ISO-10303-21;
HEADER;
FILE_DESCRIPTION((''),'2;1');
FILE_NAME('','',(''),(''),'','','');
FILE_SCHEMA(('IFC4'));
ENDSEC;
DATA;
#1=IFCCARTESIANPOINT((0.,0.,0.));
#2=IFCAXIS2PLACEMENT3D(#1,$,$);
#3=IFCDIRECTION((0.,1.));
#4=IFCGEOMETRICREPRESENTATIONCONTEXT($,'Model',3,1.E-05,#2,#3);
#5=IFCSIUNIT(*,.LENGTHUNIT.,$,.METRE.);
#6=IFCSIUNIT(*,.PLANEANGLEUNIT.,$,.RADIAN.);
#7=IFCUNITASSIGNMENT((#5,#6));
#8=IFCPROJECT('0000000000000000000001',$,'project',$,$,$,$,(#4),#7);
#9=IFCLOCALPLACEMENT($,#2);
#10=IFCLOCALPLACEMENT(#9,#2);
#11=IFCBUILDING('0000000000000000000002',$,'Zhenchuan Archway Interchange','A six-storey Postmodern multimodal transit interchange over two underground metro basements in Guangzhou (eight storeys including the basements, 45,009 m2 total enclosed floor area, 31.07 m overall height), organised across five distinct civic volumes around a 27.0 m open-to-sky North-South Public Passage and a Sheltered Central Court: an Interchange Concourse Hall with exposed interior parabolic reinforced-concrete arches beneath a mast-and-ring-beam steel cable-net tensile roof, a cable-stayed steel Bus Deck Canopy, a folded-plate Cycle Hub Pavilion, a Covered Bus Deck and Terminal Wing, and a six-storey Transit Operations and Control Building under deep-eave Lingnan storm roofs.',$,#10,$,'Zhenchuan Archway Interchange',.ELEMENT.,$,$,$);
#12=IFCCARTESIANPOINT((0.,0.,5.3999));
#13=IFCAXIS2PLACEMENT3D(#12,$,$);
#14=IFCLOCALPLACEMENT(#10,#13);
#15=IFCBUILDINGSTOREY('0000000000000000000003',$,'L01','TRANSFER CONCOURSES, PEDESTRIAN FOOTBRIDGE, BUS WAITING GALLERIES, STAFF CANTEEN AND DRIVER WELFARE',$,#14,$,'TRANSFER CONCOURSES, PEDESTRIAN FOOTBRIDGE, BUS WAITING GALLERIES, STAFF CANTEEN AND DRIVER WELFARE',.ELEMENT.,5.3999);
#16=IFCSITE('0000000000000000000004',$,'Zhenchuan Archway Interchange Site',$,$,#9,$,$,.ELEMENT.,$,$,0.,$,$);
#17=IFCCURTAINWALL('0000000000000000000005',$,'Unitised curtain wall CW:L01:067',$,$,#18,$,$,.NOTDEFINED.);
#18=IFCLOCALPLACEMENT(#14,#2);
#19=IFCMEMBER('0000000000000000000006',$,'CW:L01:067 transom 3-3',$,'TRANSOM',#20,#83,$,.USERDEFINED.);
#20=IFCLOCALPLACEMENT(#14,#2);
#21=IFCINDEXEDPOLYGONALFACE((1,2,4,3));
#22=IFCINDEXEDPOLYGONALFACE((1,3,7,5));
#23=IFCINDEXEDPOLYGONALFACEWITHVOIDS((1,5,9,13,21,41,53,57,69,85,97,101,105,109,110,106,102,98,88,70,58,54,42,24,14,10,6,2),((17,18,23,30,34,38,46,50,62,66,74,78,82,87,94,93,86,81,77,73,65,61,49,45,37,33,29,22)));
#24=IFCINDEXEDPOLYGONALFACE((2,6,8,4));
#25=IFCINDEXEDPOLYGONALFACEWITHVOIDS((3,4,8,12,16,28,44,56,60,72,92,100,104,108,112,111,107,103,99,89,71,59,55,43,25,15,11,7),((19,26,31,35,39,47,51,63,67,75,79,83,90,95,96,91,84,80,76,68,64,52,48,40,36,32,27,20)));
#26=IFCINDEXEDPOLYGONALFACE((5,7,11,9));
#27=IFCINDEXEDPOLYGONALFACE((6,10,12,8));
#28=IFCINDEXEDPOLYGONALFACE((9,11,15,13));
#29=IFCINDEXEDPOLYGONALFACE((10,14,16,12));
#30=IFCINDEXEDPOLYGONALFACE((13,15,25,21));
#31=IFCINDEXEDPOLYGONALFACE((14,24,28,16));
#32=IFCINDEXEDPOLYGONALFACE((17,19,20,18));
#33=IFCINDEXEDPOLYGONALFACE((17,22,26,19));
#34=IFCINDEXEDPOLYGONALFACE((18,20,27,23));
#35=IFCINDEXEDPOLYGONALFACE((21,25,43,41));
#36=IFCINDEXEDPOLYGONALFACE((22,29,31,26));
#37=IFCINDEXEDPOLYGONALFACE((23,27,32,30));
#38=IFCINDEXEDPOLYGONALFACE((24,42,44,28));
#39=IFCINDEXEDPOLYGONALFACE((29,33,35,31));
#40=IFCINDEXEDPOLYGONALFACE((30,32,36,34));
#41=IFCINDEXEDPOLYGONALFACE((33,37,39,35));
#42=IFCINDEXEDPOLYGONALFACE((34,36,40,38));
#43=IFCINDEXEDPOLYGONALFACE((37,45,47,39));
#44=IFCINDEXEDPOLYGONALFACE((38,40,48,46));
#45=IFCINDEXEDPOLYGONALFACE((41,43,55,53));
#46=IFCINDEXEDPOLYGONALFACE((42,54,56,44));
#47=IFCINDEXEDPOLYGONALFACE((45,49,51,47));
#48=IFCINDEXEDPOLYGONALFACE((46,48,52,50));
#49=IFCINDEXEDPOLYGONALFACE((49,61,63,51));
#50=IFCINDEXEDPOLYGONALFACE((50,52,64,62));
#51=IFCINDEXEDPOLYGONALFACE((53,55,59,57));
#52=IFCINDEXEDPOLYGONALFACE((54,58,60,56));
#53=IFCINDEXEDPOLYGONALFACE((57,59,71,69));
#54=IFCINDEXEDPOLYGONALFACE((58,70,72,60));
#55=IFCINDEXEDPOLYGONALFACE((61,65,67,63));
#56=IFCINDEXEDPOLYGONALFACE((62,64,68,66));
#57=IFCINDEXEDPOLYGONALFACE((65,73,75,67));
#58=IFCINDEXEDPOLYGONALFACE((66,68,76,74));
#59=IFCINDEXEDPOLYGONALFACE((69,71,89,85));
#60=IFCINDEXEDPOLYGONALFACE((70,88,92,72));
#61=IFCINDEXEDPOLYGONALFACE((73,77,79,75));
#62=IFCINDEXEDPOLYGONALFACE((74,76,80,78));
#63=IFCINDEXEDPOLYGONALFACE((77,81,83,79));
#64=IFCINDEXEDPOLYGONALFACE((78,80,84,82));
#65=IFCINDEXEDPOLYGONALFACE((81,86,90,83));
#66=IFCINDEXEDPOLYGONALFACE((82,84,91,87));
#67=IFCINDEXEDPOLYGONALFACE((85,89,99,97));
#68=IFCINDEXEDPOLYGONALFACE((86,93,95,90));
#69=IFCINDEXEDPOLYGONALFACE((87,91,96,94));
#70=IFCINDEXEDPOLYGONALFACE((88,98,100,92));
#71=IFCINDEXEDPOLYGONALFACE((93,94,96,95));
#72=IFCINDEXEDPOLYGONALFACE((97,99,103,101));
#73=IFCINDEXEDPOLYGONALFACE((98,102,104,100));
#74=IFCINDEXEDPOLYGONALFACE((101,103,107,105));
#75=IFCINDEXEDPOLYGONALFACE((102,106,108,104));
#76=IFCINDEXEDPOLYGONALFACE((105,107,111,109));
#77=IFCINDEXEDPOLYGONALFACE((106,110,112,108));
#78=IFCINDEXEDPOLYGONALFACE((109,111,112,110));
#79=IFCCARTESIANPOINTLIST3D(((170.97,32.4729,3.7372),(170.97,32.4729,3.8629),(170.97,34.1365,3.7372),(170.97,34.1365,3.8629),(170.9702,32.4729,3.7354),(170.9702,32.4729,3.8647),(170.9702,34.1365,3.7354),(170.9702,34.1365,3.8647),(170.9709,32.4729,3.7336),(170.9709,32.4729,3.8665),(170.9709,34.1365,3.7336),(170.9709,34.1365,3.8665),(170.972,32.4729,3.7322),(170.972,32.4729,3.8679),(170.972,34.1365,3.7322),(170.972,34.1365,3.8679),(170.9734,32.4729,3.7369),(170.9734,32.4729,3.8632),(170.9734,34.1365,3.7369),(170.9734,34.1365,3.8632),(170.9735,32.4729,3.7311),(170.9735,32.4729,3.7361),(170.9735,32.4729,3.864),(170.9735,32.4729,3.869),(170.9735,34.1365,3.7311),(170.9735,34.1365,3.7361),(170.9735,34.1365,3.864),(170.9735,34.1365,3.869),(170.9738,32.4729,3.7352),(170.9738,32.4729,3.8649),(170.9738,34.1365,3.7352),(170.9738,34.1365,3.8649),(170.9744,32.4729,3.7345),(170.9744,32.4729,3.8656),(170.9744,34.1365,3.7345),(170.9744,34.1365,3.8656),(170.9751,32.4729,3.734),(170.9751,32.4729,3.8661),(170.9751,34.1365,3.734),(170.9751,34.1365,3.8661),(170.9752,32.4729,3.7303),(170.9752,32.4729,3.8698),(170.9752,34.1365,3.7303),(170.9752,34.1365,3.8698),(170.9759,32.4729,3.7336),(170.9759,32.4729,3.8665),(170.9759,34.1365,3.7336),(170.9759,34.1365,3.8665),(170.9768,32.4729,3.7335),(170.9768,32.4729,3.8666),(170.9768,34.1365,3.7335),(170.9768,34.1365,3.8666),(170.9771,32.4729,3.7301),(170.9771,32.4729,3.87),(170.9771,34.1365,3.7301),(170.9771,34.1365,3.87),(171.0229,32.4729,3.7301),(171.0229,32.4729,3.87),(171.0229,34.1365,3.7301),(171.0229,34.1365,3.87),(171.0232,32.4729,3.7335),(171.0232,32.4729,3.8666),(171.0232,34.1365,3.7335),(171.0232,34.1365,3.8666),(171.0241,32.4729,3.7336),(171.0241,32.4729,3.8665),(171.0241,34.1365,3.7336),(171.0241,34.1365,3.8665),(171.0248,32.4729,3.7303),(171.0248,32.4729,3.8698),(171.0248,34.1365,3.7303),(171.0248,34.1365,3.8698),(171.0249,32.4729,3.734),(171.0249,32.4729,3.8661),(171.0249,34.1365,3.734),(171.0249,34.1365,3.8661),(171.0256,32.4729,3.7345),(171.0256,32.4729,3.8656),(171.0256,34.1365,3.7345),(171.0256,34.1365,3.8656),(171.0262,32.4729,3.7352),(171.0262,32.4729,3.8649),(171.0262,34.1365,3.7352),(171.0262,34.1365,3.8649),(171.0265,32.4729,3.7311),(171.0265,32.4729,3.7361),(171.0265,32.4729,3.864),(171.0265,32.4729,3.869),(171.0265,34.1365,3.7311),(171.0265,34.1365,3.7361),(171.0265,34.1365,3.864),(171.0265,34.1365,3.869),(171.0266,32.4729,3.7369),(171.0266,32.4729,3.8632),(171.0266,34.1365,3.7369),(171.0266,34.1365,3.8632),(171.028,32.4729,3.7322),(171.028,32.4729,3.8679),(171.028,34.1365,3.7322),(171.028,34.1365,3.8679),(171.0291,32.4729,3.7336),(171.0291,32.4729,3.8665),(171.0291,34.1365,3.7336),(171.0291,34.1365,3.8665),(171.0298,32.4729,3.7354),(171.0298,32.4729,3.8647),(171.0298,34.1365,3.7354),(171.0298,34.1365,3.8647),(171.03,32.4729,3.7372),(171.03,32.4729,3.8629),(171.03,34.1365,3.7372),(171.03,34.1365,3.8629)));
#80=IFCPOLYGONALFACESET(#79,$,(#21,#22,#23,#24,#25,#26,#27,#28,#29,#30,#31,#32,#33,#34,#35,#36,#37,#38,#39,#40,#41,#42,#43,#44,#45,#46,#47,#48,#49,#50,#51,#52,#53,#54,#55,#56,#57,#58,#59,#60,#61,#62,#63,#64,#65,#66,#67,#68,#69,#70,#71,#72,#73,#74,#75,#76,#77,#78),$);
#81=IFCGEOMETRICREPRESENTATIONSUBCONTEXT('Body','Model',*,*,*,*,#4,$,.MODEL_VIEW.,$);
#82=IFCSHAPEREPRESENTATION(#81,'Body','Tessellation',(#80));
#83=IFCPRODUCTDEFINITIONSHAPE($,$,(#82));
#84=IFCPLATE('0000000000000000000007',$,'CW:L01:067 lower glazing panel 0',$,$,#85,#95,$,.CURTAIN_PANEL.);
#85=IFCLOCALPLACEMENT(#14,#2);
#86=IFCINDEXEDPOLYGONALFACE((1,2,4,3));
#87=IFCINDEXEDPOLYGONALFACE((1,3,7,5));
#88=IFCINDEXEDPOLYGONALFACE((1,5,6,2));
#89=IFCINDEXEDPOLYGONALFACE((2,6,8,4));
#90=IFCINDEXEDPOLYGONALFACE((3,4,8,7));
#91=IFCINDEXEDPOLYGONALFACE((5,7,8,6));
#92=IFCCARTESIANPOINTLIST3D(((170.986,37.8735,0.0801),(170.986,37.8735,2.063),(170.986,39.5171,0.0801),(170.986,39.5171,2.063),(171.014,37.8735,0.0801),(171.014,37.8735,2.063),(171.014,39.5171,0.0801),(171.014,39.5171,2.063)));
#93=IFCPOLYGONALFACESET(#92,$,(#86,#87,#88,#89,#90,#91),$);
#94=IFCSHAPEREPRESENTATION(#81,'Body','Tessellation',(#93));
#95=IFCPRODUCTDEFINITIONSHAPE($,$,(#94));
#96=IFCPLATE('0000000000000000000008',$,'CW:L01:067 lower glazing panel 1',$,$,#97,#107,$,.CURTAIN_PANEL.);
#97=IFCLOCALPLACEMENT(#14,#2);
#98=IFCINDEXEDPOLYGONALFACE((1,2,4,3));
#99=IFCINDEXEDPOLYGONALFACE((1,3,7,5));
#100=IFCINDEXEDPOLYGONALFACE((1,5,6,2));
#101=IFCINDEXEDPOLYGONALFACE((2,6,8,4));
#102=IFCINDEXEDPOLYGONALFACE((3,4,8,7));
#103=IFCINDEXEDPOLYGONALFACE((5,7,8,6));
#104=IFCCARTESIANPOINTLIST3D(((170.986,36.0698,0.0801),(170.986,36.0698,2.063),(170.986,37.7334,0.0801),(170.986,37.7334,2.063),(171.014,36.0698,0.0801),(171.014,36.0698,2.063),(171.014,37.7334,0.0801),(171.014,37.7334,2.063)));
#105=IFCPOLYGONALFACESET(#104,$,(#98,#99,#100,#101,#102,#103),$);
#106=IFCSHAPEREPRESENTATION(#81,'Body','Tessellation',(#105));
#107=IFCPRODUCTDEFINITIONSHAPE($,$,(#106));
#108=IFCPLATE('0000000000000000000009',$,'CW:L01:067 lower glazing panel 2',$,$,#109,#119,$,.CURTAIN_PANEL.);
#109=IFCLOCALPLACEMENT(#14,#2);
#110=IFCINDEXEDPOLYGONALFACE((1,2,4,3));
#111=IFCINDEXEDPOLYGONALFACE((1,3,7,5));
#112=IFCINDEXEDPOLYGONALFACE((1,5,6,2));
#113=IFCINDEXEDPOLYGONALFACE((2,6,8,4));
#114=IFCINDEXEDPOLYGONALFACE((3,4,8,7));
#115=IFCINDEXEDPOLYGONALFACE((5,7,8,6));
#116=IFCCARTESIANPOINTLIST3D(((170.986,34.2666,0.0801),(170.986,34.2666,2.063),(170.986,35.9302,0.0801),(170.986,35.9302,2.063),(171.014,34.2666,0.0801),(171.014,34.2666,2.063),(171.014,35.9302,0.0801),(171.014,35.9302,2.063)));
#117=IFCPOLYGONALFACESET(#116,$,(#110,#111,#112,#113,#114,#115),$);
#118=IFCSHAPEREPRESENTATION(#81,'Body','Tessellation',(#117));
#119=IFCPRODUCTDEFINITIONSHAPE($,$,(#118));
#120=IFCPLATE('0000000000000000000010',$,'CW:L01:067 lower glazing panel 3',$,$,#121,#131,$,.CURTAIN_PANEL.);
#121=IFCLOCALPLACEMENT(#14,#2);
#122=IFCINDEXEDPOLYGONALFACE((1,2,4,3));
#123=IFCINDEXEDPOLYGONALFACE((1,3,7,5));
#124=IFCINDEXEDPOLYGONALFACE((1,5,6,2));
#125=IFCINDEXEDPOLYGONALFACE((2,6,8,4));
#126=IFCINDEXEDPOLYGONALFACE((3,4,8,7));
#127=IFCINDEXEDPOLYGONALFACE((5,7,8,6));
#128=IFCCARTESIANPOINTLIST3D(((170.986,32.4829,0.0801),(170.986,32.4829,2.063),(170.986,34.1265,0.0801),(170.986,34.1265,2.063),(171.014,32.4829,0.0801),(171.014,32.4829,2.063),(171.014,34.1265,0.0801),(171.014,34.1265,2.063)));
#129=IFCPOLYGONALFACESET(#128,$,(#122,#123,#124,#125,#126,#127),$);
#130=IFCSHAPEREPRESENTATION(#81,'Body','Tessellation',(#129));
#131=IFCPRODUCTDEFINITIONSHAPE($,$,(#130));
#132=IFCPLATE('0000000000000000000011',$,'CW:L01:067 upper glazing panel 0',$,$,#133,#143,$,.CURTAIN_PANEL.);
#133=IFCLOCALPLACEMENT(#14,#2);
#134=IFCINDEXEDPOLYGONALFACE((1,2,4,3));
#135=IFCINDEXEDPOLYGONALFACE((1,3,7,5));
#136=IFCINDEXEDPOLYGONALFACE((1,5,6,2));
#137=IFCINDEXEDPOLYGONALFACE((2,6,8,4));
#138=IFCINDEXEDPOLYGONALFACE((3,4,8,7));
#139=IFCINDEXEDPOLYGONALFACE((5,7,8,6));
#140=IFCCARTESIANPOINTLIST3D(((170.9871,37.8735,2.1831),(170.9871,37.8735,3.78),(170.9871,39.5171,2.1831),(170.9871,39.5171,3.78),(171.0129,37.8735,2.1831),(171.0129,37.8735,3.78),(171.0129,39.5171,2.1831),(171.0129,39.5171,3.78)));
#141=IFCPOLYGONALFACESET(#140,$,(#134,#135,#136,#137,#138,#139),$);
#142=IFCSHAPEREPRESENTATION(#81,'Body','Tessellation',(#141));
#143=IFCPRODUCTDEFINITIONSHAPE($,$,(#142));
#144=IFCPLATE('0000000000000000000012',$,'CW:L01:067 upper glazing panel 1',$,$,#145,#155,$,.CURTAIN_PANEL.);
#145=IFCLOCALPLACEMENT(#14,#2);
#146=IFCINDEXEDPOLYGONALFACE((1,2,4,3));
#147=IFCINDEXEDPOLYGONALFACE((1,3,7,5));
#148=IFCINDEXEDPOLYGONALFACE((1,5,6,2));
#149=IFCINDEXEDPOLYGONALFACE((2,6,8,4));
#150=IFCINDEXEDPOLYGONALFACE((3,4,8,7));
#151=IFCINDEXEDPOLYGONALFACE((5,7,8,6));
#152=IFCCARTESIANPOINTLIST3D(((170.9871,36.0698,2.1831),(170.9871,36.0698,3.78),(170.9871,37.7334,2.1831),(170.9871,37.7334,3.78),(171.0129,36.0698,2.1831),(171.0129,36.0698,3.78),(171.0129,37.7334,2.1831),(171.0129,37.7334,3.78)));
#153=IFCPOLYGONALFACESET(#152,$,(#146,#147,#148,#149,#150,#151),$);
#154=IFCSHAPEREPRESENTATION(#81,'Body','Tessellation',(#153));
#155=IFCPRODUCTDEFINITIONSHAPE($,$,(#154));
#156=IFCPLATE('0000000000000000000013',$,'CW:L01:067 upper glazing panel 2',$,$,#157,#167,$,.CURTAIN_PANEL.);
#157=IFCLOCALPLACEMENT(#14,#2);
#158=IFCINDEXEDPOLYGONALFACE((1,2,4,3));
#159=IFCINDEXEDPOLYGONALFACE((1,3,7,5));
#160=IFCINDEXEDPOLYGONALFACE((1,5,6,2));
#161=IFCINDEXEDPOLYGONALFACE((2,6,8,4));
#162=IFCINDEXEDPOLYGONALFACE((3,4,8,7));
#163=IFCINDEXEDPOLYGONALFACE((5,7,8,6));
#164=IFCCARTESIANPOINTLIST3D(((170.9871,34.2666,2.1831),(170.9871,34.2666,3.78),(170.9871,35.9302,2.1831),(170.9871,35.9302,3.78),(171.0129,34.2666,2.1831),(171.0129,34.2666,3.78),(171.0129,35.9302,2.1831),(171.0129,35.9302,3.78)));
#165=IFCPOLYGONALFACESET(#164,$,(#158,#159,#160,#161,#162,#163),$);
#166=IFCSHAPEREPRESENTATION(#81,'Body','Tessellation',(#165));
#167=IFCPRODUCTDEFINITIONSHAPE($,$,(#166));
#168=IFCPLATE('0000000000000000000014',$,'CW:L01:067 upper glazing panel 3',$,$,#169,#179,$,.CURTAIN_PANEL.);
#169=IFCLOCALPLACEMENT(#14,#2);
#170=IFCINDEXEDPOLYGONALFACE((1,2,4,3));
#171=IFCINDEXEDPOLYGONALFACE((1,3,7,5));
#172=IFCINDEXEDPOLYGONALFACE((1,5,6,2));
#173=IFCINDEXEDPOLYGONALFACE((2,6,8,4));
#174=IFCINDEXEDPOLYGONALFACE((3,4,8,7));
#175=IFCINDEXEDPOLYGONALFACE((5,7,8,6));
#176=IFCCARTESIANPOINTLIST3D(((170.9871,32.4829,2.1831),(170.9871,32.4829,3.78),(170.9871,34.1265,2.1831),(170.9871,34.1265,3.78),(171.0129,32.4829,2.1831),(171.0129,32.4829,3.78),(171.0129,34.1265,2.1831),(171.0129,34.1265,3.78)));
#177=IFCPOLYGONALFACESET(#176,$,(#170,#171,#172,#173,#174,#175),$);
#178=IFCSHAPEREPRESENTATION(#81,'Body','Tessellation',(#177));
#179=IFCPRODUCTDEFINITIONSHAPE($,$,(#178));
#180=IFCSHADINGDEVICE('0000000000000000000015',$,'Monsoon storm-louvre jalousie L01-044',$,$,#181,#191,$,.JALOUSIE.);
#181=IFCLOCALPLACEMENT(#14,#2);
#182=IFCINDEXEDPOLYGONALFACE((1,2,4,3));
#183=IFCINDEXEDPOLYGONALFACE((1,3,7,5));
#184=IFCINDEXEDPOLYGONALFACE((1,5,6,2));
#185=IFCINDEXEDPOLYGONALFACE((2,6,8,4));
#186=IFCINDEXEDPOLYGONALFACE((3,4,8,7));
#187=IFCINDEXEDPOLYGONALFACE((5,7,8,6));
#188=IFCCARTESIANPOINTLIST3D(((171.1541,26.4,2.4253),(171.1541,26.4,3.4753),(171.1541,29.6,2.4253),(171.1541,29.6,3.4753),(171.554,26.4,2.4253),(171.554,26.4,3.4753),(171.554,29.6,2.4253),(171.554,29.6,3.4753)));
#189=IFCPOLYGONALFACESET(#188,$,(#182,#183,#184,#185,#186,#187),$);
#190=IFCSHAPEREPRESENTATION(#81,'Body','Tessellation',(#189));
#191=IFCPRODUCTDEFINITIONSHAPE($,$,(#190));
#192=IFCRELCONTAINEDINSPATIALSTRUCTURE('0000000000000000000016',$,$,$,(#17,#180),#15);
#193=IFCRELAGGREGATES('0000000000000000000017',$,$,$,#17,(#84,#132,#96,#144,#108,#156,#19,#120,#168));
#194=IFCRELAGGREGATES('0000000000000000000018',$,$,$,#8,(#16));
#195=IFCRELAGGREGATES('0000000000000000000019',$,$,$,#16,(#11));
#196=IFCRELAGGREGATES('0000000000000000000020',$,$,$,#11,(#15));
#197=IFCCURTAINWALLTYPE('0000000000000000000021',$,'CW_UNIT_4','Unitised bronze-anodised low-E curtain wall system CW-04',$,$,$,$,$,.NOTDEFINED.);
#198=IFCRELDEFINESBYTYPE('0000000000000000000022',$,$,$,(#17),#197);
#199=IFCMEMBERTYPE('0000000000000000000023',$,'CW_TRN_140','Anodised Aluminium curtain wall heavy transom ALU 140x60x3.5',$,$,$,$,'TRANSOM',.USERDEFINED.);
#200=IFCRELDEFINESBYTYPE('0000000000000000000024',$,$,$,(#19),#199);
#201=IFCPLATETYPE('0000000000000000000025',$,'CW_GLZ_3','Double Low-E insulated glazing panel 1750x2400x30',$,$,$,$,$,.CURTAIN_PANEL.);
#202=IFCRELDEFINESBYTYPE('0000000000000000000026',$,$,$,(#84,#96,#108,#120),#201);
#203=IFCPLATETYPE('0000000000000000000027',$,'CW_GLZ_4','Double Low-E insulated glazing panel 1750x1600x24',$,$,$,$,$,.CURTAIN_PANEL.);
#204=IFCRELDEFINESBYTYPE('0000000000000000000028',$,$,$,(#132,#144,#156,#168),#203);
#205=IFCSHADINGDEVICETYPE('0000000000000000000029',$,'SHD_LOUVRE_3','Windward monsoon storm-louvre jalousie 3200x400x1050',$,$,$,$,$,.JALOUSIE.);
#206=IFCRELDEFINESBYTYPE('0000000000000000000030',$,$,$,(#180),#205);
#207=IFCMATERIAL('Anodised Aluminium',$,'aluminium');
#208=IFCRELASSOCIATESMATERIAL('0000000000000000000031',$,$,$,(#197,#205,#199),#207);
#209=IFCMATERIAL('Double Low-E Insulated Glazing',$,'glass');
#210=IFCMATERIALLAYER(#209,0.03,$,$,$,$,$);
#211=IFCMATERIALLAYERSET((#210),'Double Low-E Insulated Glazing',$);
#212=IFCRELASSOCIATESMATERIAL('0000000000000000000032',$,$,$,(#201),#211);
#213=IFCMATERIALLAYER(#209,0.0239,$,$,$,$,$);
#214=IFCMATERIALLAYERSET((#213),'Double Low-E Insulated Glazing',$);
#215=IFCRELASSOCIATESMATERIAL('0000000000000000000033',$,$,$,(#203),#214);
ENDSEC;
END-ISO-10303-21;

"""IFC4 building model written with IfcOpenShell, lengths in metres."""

from ifc_helpers import new_model, si_unit, direction, frame, origin, origin_2d, place, context, subcontext, project, spatial, rectangle, hollow_rectangle, extrude, material, layer, layer_set, material_profile, profile_set, type_object, element, aggregate, save


model = new_model("IFC4")

# Units and contexts
model_context = context("Model", 3, precision=1e-05, world=origin(), true_north=direction((0.0, 1.0)))
body_context = subcontext(model_context, "Body", "Model", "MODEL_VIEW")
ifc_project = project(units=[si_unit("LENGTHUNIT", "METRE"), si_unit("PLANEANGLEUNIT", "RADIAN")], contexts=[model_context])

# Site, building, storey
site_placement = place(None, origin())
site = spatial("IfcSite", under=ifc_project, at=site_placement, Name="Zhenchuan Archway Interchange Site", CompositionType="ELEMENT", RefElevation=0.0)
building_placement = place(site_placement, origin())
building = spatial("IfcBuilding", under=site, at=building_placement, Name="Zhenchuan Archway Interchange", Description="A six-storey Postmodern multimodal transit interchange over two underground metro basements in Guangzhou (eight storeys including the basements, 45,009 m2 total enclosed floor area, 31.07 m overall height), organised across five distinct civic volumes around a 27.0 m open-to-sky North-South Public Passage and a Sheltered Central Court: an Interchange Concourse Hall with exposed interior parabolic reinforced-concrete arches beneath a mast-and-ring-beam steel cable-net tensile roof, a cable-stayed steel Bus Deck Canopy, a folded-plate Cycle Hub Pavilion, a Covered Bus Deck and Terminal Wing, and a six-storey Transit Operations and Control Building under deep-eave Lingnan storm roofs.", LongName="Zhenchuan Archway Interchange", CompositionType="ELEMENT")
storey_placement = place(building_placement, frame((0.0, 0.0, 5.3999)))
storey = spatial("IfcBuildingStorey", under=building, at=storey_placement, Name="L01", Description="TRANSFER CONCOURSES, PEDESTRIAN FOOTBRIDGE, BUS WAITING GALLERIES, STAFF CANTEEN AND DRIVER WELFARE", LongName="TRANSFER CONCOURSES, PEDESTRIAN FOOTBRIDGE, BUS WAITING GALLERIES, STAFF CANTEEN AND DRIVER WELFARE", CompositionType="ELEMENT", Elevation=5.3999)

# Curtain wall, member, plates
ifc_material_1 = material(Name="Anodised Aluminium", Category="aluminium")
curtain_wall_type = type_object("IfcCurtainWallType", Name="CW_UNIT_4", Description="Unitised bronze-anodised low-E curtain wall system CW-04", PredefinedType="NOTDEFINED", material=ifc_material_1)
curtain_wall_placement = place(storey_placement, origin())
curtain_wall = element("IfcCurtainWall", 1, at=curtain_wall_placement, inside=storey, type_object=curtain_wall_type, Name="Unitised curtain wall CW:L01:067", PredefinedType="NOTDEFINED")
ifc_material_profile_1 = material_profile(ifc_material_1, hollow_rectangle(XDim=0.0601, YDim=0.1399, WallThickness=0.0034, InnerFilletRadius=0.0034, OuterFilletRadius=0.0071, at=origin_2d()), Name="ALU 140x60x3.5")
ifc_profile_set_1 = profile_set([ifc_material_profile_1], Name="Anodised Aluminium")
member_type_1 = type_object("IfcMemberType", Name="CW_TRN_140", Description="Anodised Aluminium curtain wall heavy transom ALU 140x60x3.5", ElementType="TRANSOM", PredefinedType="USERDEFINED", material=ifc_profile_set_1)
member_1_placement = place(storey_placement, frame((171.0, 34.1365, 3.8), z_axis=(0.0, -1.0, 0.0), x_axis=(1.0, 0.0, 0.0)))
member_1 = element("IfcMember", 2, at=member_1_placement, type_object=member_type_1, Name="CW:L01:067 transom 3-3", ObjectType="TRANSOM", PredefinedType="USERDEFINED", context=body_context, shape_type="SweptSolid", body=[
    extrude(hollow_rectangle(XDim=0.0601, YDim=0.1399, WallThickness=0.0034, InnerFilletRadius=0.0034, OuterFilletRadius=0.0071, at=origin_2d()), origin(), (0.0, 0.0, 1.0), 1.6636),
])
ifc_material_2 = material(Name="Double Low-E Insulated Glazing", Category="glass")
ifc_layer_1 = layer(ifc_material_2, 0.03)
ifc_layer_set_1 = layer_set([ifc_layer_1], Name="Double Low-E Insulated Glazing")
plate_type_1 = type_object("IfcPlateType", Name="CW_GLZ_3", Description="Double Low-E insulated glazing panel 1750x2400x30", PredefinedType="CURTAIN_PANEL", material=ifc_layer_set_1)
plate_1_placement = place(storey_placement, frame((171.0, 38.6953, 0.0801), z_axis=(0.0, 0.0, 1.0), x_axis=(0.0, -1.0, 0.0)))
plate_1 = element("IfcPlate", 3, at=plate_1_placement, type_object=plate_type_1, Name="CW:L01:067 lower glazing panel 0", PredefinedType="CURTAIN_PANEL", context=body_context, shape_type="SweptSolid", body=[
    extrude(rectangle(XDim=1.6436, YDim=0.0281, at=origin_2d()), origin(), (0.0, 0.0, 1.0), 1.9829),
])
plate_2_placement = place(storey_placement, frame((171.0, 36.9016, 0.0801), z_axis=(0.0, 0.0, 1.0), x_axis=(0.0, -1.0, 0.0)))
plate_2 = element("IfcPlate", 4, at=plate_2_placement, type_object=plate_type_1, Name="CW:L01:067 lower glazing panel 1", PredefinedType="CURTAIN_PANEL", context=body_context, shape_type="SweptSolid", body=[
    extrude(rectangle(XDim=1.6636, YDim=0.0281, at=origin_2d()), origin(), (0.0, 0.0, 1.0), 1.9829),
])
plate_3_placement = place(storey_placement, frame((171.0, 35.0984, 0.0801), z_axis=(0.0, 0.0, 1.0), x_axis=(0.0, -1.0, 0.0)))
plate_3 = element("IfcPlate", 5, at=plate_3_placement, type_object=plate_type_1, Name="CW:L01:067 lower glazing panel 2", PredefinedType="CURTAIN_PANEL", context=body_context, shape_type="SweptSolid", body=[
    extrude(rectangle(XDim=1.6636, YDim=0.0281, at=origin_2d()), origin(), (0.0, 0.0, 1.0), 1.9829),
])
plate_4_placement = place(storey_placement, frame((171.0, 33.3047, 0.0801), z_axis=(0.0, 0.0, 1.0), x_axis=(0.0, -1.0, 0.0)))
plate_4 = element("IfcPlate", 6, at=plate_4_placement, type_object=plate_type_1, Name="CW:L01:067 lower glazing panel 3", PredefinedType="CURTAIN_PANEL", context=body_context, shape_type="SweptSolid", body=[
    extrude(rectangle(XDim=1.6436, YDim=0.0281, at=origin_2d()), origin(), (0.0, 0.0, 1.0), 1.9829),
])
ifc_layer_2 = layer(ifc_material_2, 0.0239)
ifc_layer_set_2 = layer_set([ifc_layer_2], Name="Double Low-E Insulated Glazing")
plate_type_2 = type_object("IfcPlateType", Name="CW_GLZ_4", Description="Double Low-E insulated glazing panel 1750x1600x24", PredefinedType="CURTAIN_PANEL", material=ifc_layer_set_2)
plate_5_placement = place(storey_placement, frame((171.0, 38.6953, 2.1831), z_axis=(0.0, 0.0, 1.0), x_axis=(0.0, -1.0, 0.0)))
plate_5 = element("IfcPlate", 7, at=plate_5_placement, type_object=plate_type_2, Name="CW:L01:067 upper glazing panel 0", PredefinedType="CURTAIN_PANEL", context=body_context, shape_type="SweptSolid", body=[
    extrude(rectangle(XDim=1.6436, YDim=0.0259, at=origin_2d()), origin(), (0.0, 0.0, 1.0), 1.5969),
])
plate_6_placement = place(storey_placement, frame((171.0, 36.9016, 2.1831), z_axis=(0.0, 0.0, 1.0), x_axis=(0.0, -1.0, 0.0)))
plate_6 = element("IfcPlate", 8, at=plate_6_placement, type_object=plate_type_2, Name="CW:L01:067 upper glazing panel 1", PredefinedType="CURTAIN_PANEL", context=body_context, shape_type="SweptSolid", body=[
    extrude(rectangle(XDim=1.6636, YDim=0.0259, at=origin_2d()), origin(), (0.0, 0.0, 1.0), 1.5969),
])
plate_7_placement = place(storey_placement, frame((171.0, 35.0984, 2.1831), z_axis=(0.0, 0.0, 1.0), x_axis=(0.0, -1.0, 0.0)))
plate_7 = element("IfcPlate", 9, at=plate_7_placement, type_object=plate_type_2, Name="CW:L01:067 upper glazing panel 2", PredefinedType="CURTAIN_PANEL", context=body_context, shape_type="SweptSolid", body=[
    extrude(rectangle(XDim=1.6636, YDim=0.0259, at=origin_2d()), origin(), (0.0, 0.0, 1.0), 1.5969),
])
plate_8_placement = place(storey_placement, frame((171.0, 33.3047, 2.1831), z_axis=(0.0, 0.0, 1.0), x_axis=(0.0, -1.0, 0.0)))
plate_8 = element("IfcPlate", 10, at=plate_8_placement, type_object=plate_type_2, Name="CW:L01:067 upper glazing panel 3", PredefinedType="CURTAIN_PANEL", context=body_context, shape_type="SweptSolid", body=[
    extrude(rectangle(XDim=1.6436, YDim=0.0259, at=origin_2d()), origin(), (0.0, 0.0, 1.0), 1.5969),
])
aggregate(curtain_wall, [plate_1, plate_5, plate_2, plate_6, plate_3, plate_7, member_1, plate_4, plate_8])

# Shading device
shading_device_type = type_object("IfcShadingDeviceType", Name="SHD_LOUVRE_3", Description="Windward monsoon storm-louvre jalousie 3200x400x1050", PredefinedType="JALOUSIE", material=ifc_material_1)
shading_device_placement = place(storey_placement, frame((171.354, 28.0, 2.4253), z_axis=(0.0, 0.0, 1.0), x_axis=(0.0, -1.0, 0.0)))
element("IfcShadingDevice", 11, at=shading_device_placement, inside=storey, type_object=shading_device_type, Name="Monsoon storm-louvre jalousie L01-044", PredefinedType="JALOUSIE", context=body_context, shape_type="SweptSolid", body=[
    extrude(rectangle(XDim=3.2, YDim=0.3999, at=origin_2d()), origin(), (0.0, 0.0, 1.0), 1.05),
])

save(model, "model.ifc")
